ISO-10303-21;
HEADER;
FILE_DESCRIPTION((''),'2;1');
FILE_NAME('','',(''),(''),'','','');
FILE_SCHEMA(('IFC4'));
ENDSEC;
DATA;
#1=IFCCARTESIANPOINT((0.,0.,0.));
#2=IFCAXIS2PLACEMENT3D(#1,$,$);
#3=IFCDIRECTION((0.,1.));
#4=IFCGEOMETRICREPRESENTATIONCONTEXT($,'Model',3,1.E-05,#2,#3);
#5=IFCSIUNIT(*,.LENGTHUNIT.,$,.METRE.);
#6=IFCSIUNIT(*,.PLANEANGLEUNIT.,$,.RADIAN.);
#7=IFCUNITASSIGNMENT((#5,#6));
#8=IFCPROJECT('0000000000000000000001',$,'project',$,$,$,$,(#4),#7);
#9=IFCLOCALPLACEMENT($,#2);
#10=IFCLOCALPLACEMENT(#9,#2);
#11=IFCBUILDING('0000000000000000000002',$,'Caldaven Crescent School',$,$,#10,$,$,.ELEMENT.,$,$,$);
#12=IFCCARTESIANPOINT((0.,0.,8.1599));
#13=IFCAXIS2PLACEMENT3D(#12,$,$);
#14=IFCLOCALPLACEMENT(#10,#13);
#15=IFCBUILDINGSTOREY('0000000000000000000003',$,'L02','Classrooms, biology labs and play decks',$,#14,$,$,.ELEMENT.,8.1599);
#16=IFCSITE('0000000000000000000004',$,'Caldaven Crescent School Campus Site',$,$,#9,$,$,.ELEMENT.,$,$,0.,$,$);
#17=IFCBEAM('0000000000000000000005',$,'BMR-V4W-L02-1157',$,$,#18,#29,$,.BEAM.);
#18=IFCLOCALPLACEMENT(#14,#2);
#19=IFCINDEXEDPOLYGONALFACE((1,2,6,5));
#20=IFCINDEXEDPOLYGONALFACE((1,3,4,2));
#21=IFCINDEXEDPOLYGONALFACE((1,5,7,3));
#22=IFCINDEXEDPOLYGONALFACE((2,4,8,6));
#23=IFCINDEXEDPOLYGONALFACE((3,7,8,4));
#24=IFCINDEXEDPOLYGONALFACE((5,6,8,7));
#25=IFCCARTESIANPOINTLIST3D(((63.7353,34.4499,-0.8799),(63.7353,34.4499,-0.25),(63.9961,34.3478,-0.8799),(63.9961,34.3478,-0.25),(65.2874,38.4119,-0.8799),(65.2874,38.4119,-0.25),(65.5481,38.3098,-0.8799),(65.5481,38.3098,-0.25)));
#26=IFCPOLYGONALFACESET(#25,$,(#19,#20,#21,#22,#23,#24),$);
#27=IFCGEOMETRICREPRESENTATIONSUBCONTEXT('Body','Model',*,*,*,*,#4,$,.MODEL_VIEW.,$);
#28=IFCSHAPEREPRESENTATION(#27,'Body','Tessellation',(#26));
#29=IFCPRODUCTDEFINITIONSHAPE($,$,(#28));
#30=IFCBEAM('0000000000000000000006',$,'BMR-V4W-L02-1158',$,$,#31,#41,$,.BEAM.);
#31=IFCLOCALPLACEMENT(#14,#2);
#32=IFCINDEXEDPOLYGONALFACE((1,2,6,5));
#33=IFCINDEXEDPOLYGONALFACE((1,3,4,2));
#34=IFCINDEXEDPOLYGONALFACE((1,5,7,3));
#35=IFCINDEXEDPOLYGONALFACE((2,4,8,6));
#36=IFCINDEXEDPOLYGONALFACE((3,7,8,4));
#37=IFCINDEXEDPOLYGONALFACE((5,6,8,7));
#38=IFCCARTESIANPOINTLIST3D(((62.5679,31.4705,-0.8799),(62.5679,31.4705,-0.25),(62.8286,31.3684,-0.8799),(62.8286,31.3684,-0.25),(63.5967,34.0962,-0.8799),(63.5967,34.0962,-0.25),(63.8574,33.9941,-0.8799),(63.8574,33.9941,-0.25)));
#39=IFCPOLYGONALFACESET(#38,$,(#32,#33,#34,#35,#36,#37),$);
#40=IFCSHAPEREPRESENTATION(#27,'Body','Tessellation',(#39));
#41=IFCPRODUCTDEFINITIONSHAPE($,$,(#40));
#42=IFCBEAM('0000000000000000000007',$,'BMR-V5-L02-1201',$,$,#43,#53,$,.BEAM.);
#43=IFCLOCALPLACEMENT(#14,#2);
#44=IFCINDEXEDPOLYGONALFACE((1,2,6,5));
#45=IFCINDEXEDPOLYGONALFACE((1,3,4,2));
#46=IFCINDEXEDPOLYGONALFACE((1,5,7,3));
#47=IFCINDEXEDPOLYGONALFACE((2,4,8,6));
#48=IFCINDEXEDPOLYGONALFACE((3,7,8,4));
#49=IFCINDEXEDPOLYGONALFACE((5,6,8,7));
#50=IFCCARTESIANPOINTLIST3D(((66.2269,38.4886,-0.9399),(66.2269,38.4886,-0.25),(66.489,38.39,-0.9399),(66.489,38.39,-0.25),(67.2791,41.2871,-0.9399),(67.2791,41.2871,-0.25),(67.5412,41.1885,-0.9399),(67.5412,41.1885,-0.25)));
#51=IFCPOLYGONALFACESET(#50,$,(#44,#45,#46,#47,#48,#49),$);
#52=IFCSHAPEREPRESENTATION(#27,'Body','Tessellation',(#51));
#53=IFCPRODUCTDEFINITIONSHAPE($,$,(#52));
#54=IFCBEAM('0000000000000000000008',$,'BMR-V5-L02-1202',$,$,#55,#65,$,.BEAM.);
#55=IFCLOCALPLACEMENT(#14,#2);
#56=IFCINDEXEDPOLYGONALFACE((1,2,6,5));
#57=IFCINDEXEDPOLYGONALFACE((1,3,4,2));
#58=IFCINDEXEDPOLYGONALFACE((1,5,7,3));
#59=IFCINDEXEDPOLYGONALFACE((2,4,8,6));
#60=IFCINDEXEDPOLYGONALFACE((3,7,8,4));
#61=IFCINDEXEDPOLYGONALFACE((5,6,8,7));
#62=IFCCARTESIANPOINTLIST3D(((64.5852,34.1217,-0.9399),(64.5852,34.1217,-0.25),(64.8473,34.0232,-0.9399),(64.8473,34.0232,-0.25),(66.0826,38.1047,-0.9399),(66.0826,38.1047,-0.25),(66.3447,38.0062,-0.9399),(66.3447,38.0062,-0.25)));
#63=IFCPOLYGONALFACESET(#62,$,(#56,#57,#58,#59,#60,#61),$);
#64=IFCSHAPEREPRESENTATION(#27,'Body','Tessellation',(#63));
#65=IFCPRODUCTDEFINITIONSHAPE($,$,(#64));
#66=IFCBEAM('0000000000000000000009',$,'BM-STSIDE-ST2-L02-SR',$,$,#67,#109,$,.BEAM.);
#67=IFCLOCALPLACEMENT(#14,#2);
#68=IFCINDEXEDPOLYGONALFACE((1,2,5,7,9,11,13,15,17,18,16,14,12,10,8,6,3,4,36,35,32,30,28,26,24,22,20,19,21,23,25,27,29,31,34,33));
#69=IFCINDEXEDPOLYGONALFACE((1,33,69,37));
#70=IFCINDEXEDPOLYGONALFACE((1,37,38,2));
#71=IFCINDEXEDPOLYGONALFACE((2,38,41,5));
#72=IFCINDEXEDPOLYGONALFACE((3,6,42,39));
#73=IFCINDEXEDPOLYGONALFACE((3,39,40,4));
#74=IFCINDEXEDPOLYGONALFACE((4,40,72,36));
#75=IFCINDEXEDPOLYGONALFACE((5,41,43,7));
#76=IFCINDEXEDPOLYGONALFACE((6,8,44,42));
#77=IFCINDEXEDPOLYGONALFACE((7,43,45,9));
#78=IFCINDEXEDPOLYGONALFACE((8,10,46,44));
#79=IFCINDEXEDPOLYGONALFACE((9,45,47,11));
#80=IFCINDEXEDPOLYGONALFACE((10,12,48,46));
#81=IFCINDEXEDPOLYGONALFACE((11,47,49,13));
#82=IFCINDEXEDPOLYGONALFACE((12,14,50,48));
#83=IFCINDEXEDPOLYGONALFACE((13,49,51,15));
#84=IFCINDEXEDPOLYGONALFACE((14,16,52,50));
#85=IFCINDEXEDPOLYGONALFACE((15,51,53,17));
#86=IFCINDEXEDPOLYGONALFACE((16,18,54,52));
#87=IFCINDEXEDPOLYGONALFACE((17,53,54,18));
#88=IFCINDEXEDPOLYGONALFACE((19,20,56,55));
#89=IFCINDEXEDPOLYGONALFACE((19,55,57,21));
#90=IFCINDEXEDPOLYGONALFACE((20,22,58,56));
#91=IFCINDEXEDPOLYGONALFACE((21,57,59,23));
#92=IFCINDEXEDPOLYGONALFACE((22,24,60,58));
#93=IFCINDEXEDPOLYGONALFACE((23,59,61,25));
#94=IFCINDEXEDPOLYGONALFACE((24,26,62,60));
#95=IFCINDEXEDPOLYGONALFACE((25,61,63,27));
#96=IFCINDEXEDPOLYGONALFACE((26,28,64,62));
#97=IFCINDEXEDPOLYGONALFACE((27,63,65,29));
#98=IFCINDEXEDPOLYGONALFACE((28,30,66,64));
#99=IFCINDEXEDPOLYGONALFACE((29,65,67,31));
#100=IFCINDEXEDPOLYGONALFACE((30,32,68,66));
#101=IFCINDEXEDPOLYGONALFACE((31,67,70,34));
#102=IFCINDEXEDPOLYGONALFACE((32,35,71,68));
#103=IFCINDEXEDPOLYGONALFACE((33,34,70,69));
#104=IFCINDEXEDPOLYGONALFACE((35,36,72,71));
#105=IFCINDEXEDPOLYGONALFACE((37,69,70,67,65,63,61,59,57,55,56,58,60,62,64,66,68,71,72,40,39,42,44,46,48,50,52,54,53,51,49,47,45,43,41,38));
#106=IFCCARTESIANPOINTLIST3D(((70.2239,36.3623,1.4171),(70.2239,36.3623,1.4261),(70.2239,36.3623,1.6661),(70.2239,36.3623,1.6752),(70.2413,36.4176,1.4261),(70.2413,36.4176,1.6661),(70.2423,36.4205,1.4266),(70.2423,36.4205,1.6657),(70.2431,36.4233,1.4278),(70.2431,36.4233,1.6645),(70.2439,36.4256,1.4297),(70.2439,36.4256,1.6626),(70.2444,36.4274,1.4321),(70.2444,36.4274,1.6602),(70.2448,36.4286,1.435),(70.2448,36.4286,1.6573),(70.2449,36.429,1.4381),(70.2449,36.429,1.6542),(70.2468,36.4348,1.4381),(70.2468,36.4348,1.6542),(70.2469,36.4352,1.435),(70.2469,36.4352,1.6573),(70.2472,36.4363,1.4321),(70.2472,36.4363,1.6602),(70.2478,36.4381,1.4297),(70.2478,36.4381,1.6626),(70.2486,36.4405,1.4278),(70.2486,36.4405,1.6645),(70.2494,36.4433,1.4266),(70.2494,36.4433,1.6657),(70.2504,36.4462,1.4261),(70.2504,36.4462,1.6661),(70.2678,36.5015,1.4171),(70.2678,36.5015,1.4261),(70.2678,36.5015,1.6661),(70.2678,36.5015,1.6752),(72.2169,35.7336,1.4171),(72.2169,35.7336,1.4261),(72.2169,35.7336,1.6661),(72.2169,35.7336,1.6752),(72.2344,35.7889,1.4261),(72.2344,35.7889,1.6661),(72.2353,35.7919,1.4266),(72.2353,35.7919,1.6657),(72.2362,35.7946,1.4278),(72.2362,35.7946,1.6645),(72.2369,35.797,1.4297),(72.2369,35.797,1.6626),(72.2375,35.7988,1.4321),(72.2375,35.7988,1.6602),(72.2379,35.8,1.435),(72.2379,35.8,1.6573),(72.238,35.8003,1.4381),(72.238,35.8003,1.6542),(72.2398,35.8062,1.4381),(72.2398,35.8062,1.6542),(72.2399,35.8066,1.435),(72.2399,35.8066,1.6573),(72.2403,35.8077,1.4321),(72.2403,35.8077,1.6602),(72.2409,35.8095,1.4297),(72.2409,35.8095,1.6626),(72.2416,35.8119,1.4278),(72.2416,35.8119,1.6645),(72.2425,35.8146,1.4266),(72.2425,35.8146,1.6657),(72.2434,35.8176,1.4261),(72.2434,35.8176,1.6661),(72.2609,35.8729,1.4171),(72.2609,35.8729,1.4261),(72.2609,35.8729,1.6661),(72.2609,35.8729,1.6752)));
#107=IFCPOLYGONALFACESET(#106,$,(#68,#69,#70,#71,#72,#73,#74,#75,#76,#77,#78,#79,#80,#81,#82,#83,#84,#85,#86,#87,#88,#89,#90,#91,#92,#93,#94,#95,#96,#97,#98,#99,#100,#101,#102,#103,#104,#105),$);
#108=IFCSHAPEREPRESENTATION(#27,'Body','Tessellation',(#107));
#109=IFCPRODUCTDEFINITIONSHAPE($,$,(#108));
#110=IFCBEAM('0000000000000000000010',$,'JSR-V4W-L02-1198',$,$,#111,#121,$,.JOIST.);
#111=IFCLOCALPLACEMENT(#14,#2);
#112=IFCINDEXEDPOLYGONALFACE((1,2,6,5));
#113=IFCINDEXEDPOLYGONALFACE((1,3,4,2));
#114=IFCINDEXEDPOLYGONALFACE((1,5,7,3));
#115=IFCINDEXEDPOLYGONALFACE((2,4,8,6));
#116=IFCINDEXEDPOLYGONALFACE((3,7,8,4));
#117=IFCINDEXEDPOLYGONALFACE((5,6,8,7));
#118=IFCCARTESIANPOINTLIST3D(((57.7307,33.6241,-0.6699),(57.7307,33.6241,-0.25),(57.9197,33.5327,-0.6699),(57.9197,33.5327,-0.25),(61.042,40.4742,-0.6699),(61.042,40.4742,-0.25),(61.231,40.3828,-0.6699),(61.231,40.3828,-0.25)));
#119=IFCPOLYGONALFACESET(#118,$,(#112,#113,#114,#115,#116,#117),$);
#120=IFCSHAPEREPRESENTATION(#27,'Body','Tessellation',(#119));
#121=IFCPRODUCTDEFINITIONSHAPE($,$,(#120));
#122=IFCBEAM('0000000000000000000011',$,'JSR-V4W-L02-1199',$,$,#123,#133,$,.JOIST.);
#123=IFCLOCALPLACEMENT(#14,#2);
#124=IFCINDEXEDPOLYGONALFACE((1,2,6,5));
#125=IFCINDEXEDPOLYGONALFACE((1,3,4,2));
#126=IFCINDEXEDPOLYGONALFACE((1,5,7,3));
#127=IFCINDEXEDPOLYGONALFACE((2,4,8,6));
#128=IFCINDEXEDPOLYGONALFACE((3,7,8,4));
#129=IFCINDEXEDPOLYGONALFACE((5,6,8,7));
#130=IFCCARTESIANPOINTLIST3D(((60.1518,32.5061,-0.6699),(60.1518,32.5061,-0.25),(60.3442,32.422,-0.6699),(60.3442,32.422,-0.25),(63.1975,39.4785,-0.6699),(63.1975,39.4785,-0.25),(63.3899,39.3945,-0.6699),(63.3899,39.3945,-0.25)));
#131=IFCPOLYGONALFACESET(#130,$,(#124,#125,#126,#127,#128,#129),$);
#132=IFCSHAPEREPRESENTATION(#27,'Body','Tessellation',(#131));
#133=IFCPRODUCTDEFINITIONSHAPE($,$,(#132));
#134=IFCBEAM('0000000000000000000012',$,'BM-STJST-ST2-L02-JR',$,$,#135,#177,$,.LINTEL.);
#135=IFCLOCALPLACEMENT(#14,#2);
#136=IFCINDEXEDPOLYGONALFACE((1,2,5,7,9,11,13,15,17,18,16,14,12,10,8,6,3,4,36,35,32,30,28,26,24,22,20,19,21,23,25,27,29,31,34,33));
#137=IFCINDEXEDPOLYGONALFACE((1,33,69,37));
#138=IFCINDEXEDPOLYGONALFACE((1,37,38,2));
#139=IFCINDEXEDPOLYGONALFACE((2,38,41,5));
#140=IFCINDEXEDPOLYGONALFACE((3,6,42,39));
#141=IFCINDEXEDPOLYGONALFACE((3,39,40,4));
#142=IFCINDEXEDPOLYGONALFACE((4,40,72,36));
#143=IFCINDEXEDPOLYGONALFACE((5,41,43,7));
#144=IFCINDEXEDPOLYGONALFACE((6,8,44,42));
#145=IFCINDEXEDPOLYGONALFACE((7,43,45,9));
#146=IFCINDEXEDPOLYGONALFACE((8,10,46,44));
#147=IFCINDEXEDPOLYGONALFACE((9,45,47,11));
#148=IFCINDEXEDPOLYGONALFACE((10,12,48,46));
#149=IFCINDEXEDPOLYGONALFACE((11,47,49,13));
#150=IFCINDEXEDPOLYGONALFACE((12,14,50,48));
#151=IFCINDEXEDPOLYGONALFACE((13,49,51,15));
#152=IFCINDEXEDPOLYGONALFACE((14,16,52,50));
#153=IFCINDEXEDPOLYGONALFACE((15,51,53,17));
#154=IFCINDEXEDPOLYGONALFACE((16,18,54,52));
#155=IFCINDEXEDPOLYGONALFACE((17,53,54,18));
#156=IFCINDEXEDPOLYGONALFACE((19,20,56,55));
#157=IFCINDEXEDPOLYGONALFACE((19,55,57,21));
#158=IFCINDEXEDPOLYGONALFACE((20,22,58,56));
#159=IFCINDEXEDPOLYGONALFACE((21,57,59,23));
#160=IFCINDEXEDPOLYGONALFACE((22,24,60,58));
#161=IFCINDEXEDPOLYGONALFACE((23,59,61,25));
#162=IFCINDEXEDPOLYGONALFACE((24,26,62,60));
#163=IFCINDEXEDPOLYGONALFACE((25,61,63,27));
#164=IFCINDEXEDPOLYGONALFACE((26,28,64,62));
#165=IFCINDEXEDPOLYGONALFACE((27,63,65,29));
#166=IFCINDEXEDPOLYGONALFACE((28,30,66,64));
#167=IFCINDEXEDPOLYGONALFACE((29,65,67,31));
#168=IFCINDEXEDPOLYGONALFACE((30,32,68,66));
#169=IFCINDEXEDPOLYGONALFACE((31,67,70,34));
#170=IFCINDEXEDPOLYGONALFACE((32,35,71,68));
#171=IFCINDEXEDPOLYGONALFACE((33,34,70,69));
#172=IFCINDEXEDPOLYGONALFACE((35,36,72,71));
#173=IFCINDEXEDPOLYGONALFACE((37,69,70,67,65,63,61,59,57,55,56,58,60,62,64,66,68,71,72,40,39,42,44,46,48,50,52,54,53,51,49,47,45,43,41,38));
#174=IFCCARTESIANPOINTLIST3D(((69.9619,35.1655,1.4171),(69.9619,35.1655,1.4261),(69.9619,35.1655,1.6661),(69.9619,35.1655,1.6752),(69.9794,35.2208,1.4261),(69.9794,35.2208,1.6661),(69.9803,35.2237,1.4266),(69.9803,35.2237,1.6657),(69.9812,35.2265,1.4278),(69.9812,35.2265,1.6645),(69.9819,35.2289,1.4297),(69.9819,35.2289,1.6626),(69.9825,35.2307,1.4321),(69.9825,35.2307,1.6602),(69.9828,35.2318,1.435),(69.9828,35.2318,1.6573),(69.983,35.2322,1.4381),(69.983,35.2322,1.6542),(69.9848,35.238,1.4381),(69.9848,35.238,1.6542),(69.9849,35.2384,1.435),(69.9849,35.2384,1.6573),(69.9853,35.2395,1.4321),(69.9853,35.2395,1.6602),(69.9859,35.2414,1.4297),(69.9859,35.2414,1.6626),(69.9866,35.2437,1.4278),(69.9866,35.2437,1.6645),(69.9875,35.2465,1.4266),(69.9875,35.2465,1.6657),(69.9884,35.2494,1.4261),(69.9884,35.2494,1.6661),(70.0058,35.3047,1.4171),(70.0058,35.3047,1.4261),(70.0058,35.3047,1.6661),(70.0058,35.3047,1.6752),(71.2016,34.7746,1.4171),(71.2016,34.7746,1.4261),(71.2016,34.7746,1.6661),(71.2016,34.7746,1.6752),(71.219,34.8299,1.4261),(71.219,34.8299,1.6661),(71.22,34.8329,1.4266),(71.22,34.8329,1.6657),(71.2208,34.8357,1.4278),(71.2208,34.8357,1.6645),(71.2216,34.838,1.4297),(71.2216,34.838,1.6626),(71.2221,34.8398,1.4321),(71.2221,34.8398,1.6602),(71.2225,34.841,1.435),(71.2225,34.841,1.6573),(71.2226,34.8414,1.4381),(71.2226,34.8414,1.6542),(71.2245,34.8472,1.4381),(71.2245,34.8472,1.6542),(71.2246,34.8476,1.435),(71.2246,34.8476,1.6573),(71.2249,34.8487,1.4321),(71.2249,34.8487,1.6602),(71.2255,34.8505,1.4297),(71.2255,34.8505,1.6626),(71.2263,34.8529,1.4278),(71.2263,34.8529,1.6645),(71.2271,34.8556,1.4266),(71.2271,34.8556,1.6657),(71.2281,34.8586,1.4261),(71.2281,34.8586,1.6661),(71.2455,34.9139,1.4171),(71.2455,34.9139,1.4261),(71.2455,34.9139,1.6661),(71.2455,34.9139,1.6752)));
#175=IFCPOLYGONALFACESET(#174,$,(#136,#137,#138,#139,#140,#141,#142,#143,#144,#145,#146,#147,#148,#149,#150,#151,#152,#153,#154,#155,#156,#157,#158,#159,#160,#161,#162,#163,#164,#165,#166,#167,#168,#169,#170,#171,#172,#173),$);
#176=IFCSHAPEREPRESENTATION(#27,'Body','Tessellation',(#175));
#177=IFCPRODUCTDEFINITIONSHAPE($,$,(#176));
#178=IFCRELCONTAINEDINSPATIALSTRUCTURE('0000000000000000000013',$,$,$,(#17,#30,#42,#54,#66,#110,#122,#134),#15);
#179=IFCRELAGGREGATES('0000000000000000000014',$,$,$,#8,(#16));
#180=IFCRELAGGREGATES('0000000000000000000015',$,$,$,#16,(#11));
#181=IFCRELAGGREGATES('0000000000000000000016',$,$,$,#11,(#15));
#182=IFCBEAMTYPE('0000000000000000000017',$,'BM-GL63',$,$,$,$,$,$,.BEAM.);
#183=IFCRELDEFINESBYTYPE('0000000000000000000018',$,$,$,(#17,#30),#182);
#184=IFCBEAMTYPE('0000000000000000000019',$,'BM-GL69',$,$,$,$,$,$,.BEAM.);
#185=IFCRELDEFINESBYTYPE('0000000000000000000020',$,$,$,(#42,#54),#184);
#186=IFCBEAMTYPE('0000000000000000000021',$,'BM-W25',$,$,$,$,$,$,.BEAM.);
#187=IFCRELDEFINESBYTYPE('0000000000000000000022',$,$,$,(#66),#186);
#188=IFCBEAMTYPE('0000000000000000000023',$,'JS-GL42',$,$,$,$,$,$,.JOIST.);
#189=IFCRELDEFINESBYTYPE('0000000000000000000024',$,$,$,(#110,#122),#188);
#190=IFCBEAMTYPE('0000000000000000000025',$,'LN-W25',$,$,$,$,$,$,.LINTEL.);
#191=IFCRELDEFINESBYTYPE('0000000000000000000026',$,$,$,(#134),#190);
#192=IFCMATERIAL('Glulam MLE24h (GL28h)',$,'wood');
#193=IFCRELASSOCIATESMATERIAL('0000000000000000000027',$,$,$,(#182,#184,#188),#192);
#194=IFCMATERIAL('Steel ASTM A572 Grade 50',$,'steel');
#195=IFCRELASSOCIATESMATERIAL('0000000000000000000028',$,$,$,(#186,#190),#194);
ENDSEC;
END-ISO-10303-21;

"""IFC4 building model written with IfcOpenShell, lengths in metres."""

from ifc_helpers import new_model, si_unit, direction, frame, origin, origin_2d, place, context, subcontext, project, spatial, rectangle, i_section, extrude, material, material_profile, profile_set, type_object, element, save


model = new_model("IFC4")

# Units and contexts
model_context = context("Model", 3, precision=1e-05, world=origin(), true_north=direction((0.0, 1.0)))
body_context = subcontext(model_context, "Body", "Model", "MODEL_VIEW")
ifc_project = project(units=[si_unit("LENGTHUNIT", "METRE"), si_unit("PLANEANGLEUNIT", "RADIAN")], contexts=[model_context])

# Site, building, storey
site_placement = place(None, origin())
site = spatial("IfcSite", under=ifc_project, at=site_placement, Name="Caldaven Crescent School Campus Site", CompositionType="ELEMENT", RefElevation=0.0)
building_placement = place(site_placement, origin())
building = spatial("IfcBuilding", under=site, at=building_placement, Name="Caldaven Crescent School", CompositionType="ELEMENT")
storey_placement = place(building_placement, frame((0.0, 0.0, 8.1599)))
storey = spatial("IfcBuildingStorey", under=building, at=storey_placement, Name="L02", Description="Classrooms, biology labs and play decks", CompositionType="ELEMENT", Elevation=8.1599)

# Shared definitions
ifc_material_1 = material(Name="Glulam MLE24h (GL28h)", Category="wood")
ifc_material_2 = material(Name="Steel ASTM A572 Grade 50", Category="steel")

# Beams
ifc_material_profile_1 = material_profile(ifc_material_1, rectangle(XDim=0.28, YDim=0.6299, at=origin_2d()), Name="MLE 280x630")
ifc_profile_set_1 = profile_set([ifc_material_profile_1], Name="Glulam MLE24h (GL28h)")
beam_type_1 = type_object("IfcBeamType", Name="BM-GL63", PredefinedType="BEAM", material=ifc_profile_set_1)
beam_1_placement = place(storey_placement, frame((65.4177, 38.3608, -0.5649), z_axis=(-0.364743, -0.931108, 0.0), x_axis=(0.931108, -0.364743, 0.0)))
element("IfcBeam", 1, at=beam_1_placement, inside=storey, type_object=beam_type_1, Name="BMR-V4W-L02-1157", PredefinedType="BEAM", context=body_context, shape_type="SweptSolid", body=[
    extrude(rectangle(XDim=0.28, YDim=0.6299, at=origin_2d()), origin(), (0.0, 0.0, 1.0), 4.2551),
])
beam_2_placement = place(storey_placement, frame((63.7271, 34.0452, -0.5649), z_axis=(-0.364814, -0.93108, 0.0), x_axis=(0.93108, -0.364814, 0.0)))
element("IfcBeam", 2, at=beam_2_placement, inside=storey, type_object=beam_type_1, Name="BMR-V4W-L02-1158", PredefinedType="BEAM", context=body_context, shape_type="SweptSolid", body=[
    extrude(rectangle(XDim=0.28, YDim=0.6299, at=origin_2d()), origin(), (0.0, 0.0, 1.0), 2.8201),
])
ifc_material_profile_2 = material_profile(ifc_material_1, rectangle(XDim=0.28, YDim=0.6899, at=origin_2d()), Name="MLE 280x690")
ifc_profile_set_2 = profile_set([ifc_material_profile_2], Name="Glulam MLE24h (GL28h)")
beam_type_2 = type_object("IfcBeamType", Name="BM-GL69", PredefinedType="BEAM", material=ifc_profile_set_2)
beam_3_placement = place(storey_placement, frame((67.4102, 41.2378, -0.595), z_axis=(-0.351938, -0.936023, 0.0), x_axis=(0.936023, -0.351938, 0.0)))
element("IfcBeam", 3, at=beam_3_placement, inside=storey, type_object=beam_type_2, Name="BMR-V5-L02-1201", PredefinedType="BEAM", context=body_context, shape_type="SweptSolid", body=[
    extrude(rectangle(XDim=0.28, YDim=0.6899, at=origin_2d()), origin(), (0.0, 0.0, 1.0), 2.9897),
])
beam_4_placement = place(storey_placement, frame((66.2136, 38.0554, -0.595), z_axis=(-0.35189, -0.936041, 0.0), x_axis=(0.936041, -0.35189, 0.0)))
element("IfcBeam", 4, at=beam_4_placement, inside=storey, type_object=beam_type_2, Name="BMR-V5-L02-1202", PredefinedType="BEAM", context=body_context, shape_type="SweptSolid", body=[
    extrude(rectangle(XDim=0.28, YDim=0.6899, at=origin_2d()), origin(), (0.0, 0.0, 1.0), 4.2551),
])
ifc_material_profile_3 = material_profile(ifc_material_2, i_section(OverallWidth=0.146, OverallDepth=0.2581, WebThickness=0.0061, FlangeThickness=0.009, FilletRadius=0.012, at=origin_2d()), Name="W250x33")
ifc_profile_set_3 = profile_set([ifc_material_profile_3], Name="Steel ASTM A572 Grade 50")
beam_type_3 = type_object("IfcBeamType", Name="BM-W25", PredefinedType="BEAM", material=ifc_profile_set_3)
beam_5_placement = place(storey_placement, frame((70.2458, 36.4319, 1.5461), z_axis=(0.953687, -0.300801, 0.0), x_axis=(0.300801, 0.953687, 0.0)))
element("IfcBeam", 5, at=beam_5_placement, inside=storey, type_object=beam_type_3, Name="BM-STSIDE-ST2-L02-SR", PredefinedType="BEAM", context=body_context, shape_type="SweptSolid", body=[
    extrude(i_section(OverallWidth=0.146, OverallDepth=0.2581, WebThickness=0.0061, FlangeThickness=0.009, FilletRadius=0.012, at=origin_2d()), origin(), (0.0, 0.0, 1.0), 2.0898),
])
ifc_material_profile_4 = material_profile(ifc_material_1, rectangle(XDim=0.21, YDim=0.4199, at=origin_2d()), Name="MLE 210x420")
ifc_profile_set_4 = profile_set([ifc_material_profile_4], Name="Glulam MLE24h (GL28h)")
beam_type_4 = type_object("IfcBeamType", Name="JS-GL42", PredefinedType="JOIST", material=ifc_profile_set_4)
beam_6_placement = place(storey_placement, frame((61.1365, 40.4285, -0.46), z_axis=(-0.435211, -0.900328, 0.0), x_axis=(0.900328, -0.435211, 0.0)))
element("IfcBeam", 6, at=beam_6_placement, inside=storey, type_object=beam_type_4, Name="JSR-V4W-L02-1198", PredefinedType="JOIST", context=body_context, shape_type="SweptSolid", body=[
    extrude(rectangle(XDim=0.21, YDim=0.4199, at=origin_2d()), origin(), (0.0, 0.0, 1.0), 7.6084),
])
beam_7_placement = place(storey_placement, frame((63.2937, 39.4365, -0.46), z_axis=(-0.400292, -0.916388, 0.0), x_axis=(0.916388, -0.400292, 0.0)))
element("IfcBeam", 7, at=beam_7_placement, inside=storey, type_object=beam_type_4, Name="JSR-V4W-L02-1199", PredefinedType="JOIST", context=body_context, shape_type="SweptSolid", body=[
    extrude(rectangle(XDim=0.21, YDim=0.4199, at=origin_2d()), origin(), (0.0, 0.0, 1.0), 7.6086),
])
ifc_material_profile_5 = material_profile(ifc_material_2, i_section(OverallWidth=0.146, OverallDepth=0.2581, WebThickness=0.0061, FlangeThickness=0.009, FilletRadius=0.012, at=origin_2d()), Name="W250x33")
ifc_profile_set_5 = profile_set([ifc_material_profile_5], Name="Steel ASTM A572 Grade 50")
beam_type_5 = type_object("IfcBeamType", Name="LN-W25", PredefinedType="LINTEL", material=ifc_profile_set_5)
beam_8_placement = place(storey_placement, frame((69.9839, 35.2351, 1.5461), z_axis=(0.953722, -0.300691, 0.0), x_axis=(0.300691, 0.953722, 0.0)))
element("IfcBeam", 8, at=beam_8_placement, inside=storey, type_object=beam_type_5, Name="BM-STJST-ST2-L02-JR", PredefinedType="LINTEL", context=body_context, shape_type="SweptSolid", body=[
    extrude(i_section(OverallWidth=0.146, OverallDepth=0.2581, WebThickness=0.0061, FlangeThickness=0.009, FilletRadius=0.012, at=origin_2d()), origin(), (0.0, 0.0, 1.0), 1.2998),
])

save(model, "model.ifc")
